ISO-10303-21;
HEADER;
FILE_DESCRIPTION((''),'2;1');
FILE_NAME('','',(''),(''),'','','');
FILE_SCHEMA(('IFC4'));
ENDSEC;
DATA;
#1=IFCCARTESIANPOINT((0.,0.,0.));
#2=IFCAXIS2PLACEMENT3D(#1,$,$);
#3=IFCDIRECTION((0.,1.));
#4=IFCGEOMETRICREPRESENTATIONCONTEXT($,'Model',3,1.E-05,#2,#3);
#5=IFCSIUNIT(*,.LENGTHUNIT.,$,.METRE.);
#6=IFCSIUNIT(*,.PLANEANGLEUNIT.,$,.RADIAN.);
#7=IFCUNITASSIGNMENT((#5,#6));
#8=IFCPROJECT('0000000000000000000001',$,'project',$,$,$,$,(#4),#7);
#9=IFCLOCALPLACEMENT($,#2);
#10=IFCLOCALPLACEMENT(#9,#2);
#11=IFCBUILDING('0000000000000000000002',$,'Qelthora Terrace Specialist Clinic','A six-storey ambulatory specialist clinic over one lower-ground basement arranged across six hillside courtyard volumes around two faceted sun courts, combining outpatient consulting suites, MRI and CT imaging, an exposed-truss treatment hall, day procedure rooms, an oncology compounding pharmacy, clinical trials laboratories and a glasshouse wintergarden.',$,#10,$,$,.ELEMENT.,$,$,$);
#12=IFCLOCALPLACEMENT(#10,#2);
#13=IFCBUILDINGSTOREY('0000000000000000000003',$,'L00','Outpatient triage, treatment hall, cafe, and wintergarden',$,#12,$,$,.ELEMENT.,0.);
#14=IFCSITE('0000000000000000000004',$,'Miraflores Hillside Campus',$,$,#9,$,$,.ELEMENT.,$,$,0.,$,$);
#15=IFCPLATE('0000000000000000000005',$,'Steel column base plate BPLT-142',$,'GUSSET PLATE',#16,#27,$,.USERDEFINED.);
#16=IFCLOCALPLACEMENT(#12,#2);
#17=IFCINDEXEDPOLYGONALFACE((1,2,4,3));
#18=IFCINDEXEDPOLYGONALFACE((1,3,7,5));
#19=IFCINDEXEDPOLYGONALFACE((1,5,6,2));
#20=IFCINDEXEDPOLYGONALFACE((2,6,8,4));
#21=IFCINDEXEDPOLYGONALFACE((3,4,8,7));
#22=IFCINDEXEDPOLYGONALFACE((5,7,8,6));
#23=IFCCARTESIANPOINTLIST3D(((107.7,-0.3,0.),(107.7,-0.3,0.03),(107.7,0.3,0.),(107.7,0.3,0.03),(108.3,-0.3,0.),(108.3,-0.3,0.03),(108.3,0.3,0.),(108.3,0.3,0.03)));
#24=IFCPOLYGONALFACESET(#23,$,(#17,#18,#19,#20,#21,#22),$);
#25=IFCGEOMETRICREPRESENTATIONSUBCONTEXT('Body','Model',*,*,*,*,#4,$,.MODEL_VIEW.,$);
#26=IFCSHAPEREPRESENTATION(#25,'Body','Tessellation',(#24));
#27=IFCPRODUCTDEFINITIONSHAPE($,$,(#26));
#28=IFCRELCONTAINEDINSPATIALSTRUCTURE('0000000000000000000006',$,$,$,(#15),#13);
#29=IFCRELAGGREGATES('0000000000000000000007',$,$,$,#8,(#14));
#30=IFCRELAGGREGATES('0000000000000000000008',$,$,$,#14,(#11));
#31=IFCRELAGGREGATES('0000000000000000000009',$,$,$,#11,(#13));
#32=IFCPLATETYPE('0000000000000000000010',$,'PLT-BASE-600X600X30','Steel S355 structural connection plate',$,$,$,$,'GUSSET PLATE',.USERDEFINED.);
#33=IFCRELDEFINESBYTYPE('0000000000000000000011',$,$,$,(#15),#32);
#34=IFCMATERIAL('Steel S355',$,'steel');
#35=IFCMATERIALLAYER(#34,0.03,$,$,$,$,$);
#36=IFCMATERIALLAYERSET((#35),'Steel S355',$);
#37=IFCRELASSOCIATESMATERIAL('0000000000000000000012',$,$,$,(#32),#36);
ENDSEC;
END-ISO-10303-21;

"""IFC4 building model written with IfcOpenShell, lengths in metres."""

from ifc_helpers import new_model, si_unit, direction, frame, origin, origin_2d, place, context, subcontext, project, spatial, rectangle, extrude, material, layer, layer_set, type_object, element, save


model = new_model("IFC4")

# Units and contexts
model_context = context("Model", 3, precision=1e-05, world=origin(), true_north=direction((0.0, 1.0)))
body_context = subcontext(model_context, "Body", "Model", "MODEL_VIEW")
ifc_project = project(units=[si_unit("LENGTHUNIT", "METRE"), si_unit("PLANEANGLEUNIT", "RADIAN")], contexts=[model_context])

# Site, building, storey
site_placement = place(None, origin())
site = spatial("IfcSite", under=ifc_project, at=site_placement, Name="Miraflores Hillside Campus", CompositionType="ELEMENT", RefElevation=0.0)
building_placement = place(site_placement, origin())
building = spatial("IfcBuilding", under=site, at=building_placement, Name="Qelthora Terrace Specialist Clinic", Description="A six-storey ambulatory specialist clinic over one lower-ground basement arranged across six hillside courtyard volumes around two faceted sun courts, combining outpatient consulting suites, MRI and CT imaging, an exposed-truss treatment hall, day procedure rooms, an oncology compounding pharmacy, clinical trials laboratories and a glasshouse wintergarden.", CompositionType="ELEMENT")
storey_placement = place(building_placement, origin())
storey = spatial("IfcBuildingStorey", under=building, at=storey_placement, Name="L00", Description="Outpatient triage, treatment hall, cafe, and wintergarden", CompositionType="ELEMENT", Elevation=0.0)

# Shared definitions
ifc_material_1 = material(Name="Steel S355", Category="steel")

# Plate
ifc_layer_1 = layer(ifc_material_1, 0.03)
ifc_layer_set_1 = layer_set([ifc_layer_1], Name="Steel S355")
plate_type_1 = type_object("IfcPlateType", Name="PLT-BASE-600X600X30", Description="Steel S355 structural connection plate", ElementType="GUSSET PLATE", PredefinedType="USERDEFINED", material=ifc_layer_set_1)
plate_1_placement = place(storey_placement, frame((108.0, 0.0, 0.0), z_axis=(0.0, 0.0, 1.0), x_axis=(1.0, 0.0, 0.0)))
element("IfcPlate", 1, at=plate_1_placement, inside=storey, type_object=plate_type_1, Name="Steel column base plate BPLT-142", ObjectType="GUSSET PLATE", PredefinedType="USERDEFINED", context=body_context, shape_type="SweptSolid", body=[
    extrude(rectangle(XDim=0.6001, YDim=0.6001, at=origin_2d()), origin(), (0.0, 0.0, 1.0), 0.03),
])

save(model, "model.ifc")
